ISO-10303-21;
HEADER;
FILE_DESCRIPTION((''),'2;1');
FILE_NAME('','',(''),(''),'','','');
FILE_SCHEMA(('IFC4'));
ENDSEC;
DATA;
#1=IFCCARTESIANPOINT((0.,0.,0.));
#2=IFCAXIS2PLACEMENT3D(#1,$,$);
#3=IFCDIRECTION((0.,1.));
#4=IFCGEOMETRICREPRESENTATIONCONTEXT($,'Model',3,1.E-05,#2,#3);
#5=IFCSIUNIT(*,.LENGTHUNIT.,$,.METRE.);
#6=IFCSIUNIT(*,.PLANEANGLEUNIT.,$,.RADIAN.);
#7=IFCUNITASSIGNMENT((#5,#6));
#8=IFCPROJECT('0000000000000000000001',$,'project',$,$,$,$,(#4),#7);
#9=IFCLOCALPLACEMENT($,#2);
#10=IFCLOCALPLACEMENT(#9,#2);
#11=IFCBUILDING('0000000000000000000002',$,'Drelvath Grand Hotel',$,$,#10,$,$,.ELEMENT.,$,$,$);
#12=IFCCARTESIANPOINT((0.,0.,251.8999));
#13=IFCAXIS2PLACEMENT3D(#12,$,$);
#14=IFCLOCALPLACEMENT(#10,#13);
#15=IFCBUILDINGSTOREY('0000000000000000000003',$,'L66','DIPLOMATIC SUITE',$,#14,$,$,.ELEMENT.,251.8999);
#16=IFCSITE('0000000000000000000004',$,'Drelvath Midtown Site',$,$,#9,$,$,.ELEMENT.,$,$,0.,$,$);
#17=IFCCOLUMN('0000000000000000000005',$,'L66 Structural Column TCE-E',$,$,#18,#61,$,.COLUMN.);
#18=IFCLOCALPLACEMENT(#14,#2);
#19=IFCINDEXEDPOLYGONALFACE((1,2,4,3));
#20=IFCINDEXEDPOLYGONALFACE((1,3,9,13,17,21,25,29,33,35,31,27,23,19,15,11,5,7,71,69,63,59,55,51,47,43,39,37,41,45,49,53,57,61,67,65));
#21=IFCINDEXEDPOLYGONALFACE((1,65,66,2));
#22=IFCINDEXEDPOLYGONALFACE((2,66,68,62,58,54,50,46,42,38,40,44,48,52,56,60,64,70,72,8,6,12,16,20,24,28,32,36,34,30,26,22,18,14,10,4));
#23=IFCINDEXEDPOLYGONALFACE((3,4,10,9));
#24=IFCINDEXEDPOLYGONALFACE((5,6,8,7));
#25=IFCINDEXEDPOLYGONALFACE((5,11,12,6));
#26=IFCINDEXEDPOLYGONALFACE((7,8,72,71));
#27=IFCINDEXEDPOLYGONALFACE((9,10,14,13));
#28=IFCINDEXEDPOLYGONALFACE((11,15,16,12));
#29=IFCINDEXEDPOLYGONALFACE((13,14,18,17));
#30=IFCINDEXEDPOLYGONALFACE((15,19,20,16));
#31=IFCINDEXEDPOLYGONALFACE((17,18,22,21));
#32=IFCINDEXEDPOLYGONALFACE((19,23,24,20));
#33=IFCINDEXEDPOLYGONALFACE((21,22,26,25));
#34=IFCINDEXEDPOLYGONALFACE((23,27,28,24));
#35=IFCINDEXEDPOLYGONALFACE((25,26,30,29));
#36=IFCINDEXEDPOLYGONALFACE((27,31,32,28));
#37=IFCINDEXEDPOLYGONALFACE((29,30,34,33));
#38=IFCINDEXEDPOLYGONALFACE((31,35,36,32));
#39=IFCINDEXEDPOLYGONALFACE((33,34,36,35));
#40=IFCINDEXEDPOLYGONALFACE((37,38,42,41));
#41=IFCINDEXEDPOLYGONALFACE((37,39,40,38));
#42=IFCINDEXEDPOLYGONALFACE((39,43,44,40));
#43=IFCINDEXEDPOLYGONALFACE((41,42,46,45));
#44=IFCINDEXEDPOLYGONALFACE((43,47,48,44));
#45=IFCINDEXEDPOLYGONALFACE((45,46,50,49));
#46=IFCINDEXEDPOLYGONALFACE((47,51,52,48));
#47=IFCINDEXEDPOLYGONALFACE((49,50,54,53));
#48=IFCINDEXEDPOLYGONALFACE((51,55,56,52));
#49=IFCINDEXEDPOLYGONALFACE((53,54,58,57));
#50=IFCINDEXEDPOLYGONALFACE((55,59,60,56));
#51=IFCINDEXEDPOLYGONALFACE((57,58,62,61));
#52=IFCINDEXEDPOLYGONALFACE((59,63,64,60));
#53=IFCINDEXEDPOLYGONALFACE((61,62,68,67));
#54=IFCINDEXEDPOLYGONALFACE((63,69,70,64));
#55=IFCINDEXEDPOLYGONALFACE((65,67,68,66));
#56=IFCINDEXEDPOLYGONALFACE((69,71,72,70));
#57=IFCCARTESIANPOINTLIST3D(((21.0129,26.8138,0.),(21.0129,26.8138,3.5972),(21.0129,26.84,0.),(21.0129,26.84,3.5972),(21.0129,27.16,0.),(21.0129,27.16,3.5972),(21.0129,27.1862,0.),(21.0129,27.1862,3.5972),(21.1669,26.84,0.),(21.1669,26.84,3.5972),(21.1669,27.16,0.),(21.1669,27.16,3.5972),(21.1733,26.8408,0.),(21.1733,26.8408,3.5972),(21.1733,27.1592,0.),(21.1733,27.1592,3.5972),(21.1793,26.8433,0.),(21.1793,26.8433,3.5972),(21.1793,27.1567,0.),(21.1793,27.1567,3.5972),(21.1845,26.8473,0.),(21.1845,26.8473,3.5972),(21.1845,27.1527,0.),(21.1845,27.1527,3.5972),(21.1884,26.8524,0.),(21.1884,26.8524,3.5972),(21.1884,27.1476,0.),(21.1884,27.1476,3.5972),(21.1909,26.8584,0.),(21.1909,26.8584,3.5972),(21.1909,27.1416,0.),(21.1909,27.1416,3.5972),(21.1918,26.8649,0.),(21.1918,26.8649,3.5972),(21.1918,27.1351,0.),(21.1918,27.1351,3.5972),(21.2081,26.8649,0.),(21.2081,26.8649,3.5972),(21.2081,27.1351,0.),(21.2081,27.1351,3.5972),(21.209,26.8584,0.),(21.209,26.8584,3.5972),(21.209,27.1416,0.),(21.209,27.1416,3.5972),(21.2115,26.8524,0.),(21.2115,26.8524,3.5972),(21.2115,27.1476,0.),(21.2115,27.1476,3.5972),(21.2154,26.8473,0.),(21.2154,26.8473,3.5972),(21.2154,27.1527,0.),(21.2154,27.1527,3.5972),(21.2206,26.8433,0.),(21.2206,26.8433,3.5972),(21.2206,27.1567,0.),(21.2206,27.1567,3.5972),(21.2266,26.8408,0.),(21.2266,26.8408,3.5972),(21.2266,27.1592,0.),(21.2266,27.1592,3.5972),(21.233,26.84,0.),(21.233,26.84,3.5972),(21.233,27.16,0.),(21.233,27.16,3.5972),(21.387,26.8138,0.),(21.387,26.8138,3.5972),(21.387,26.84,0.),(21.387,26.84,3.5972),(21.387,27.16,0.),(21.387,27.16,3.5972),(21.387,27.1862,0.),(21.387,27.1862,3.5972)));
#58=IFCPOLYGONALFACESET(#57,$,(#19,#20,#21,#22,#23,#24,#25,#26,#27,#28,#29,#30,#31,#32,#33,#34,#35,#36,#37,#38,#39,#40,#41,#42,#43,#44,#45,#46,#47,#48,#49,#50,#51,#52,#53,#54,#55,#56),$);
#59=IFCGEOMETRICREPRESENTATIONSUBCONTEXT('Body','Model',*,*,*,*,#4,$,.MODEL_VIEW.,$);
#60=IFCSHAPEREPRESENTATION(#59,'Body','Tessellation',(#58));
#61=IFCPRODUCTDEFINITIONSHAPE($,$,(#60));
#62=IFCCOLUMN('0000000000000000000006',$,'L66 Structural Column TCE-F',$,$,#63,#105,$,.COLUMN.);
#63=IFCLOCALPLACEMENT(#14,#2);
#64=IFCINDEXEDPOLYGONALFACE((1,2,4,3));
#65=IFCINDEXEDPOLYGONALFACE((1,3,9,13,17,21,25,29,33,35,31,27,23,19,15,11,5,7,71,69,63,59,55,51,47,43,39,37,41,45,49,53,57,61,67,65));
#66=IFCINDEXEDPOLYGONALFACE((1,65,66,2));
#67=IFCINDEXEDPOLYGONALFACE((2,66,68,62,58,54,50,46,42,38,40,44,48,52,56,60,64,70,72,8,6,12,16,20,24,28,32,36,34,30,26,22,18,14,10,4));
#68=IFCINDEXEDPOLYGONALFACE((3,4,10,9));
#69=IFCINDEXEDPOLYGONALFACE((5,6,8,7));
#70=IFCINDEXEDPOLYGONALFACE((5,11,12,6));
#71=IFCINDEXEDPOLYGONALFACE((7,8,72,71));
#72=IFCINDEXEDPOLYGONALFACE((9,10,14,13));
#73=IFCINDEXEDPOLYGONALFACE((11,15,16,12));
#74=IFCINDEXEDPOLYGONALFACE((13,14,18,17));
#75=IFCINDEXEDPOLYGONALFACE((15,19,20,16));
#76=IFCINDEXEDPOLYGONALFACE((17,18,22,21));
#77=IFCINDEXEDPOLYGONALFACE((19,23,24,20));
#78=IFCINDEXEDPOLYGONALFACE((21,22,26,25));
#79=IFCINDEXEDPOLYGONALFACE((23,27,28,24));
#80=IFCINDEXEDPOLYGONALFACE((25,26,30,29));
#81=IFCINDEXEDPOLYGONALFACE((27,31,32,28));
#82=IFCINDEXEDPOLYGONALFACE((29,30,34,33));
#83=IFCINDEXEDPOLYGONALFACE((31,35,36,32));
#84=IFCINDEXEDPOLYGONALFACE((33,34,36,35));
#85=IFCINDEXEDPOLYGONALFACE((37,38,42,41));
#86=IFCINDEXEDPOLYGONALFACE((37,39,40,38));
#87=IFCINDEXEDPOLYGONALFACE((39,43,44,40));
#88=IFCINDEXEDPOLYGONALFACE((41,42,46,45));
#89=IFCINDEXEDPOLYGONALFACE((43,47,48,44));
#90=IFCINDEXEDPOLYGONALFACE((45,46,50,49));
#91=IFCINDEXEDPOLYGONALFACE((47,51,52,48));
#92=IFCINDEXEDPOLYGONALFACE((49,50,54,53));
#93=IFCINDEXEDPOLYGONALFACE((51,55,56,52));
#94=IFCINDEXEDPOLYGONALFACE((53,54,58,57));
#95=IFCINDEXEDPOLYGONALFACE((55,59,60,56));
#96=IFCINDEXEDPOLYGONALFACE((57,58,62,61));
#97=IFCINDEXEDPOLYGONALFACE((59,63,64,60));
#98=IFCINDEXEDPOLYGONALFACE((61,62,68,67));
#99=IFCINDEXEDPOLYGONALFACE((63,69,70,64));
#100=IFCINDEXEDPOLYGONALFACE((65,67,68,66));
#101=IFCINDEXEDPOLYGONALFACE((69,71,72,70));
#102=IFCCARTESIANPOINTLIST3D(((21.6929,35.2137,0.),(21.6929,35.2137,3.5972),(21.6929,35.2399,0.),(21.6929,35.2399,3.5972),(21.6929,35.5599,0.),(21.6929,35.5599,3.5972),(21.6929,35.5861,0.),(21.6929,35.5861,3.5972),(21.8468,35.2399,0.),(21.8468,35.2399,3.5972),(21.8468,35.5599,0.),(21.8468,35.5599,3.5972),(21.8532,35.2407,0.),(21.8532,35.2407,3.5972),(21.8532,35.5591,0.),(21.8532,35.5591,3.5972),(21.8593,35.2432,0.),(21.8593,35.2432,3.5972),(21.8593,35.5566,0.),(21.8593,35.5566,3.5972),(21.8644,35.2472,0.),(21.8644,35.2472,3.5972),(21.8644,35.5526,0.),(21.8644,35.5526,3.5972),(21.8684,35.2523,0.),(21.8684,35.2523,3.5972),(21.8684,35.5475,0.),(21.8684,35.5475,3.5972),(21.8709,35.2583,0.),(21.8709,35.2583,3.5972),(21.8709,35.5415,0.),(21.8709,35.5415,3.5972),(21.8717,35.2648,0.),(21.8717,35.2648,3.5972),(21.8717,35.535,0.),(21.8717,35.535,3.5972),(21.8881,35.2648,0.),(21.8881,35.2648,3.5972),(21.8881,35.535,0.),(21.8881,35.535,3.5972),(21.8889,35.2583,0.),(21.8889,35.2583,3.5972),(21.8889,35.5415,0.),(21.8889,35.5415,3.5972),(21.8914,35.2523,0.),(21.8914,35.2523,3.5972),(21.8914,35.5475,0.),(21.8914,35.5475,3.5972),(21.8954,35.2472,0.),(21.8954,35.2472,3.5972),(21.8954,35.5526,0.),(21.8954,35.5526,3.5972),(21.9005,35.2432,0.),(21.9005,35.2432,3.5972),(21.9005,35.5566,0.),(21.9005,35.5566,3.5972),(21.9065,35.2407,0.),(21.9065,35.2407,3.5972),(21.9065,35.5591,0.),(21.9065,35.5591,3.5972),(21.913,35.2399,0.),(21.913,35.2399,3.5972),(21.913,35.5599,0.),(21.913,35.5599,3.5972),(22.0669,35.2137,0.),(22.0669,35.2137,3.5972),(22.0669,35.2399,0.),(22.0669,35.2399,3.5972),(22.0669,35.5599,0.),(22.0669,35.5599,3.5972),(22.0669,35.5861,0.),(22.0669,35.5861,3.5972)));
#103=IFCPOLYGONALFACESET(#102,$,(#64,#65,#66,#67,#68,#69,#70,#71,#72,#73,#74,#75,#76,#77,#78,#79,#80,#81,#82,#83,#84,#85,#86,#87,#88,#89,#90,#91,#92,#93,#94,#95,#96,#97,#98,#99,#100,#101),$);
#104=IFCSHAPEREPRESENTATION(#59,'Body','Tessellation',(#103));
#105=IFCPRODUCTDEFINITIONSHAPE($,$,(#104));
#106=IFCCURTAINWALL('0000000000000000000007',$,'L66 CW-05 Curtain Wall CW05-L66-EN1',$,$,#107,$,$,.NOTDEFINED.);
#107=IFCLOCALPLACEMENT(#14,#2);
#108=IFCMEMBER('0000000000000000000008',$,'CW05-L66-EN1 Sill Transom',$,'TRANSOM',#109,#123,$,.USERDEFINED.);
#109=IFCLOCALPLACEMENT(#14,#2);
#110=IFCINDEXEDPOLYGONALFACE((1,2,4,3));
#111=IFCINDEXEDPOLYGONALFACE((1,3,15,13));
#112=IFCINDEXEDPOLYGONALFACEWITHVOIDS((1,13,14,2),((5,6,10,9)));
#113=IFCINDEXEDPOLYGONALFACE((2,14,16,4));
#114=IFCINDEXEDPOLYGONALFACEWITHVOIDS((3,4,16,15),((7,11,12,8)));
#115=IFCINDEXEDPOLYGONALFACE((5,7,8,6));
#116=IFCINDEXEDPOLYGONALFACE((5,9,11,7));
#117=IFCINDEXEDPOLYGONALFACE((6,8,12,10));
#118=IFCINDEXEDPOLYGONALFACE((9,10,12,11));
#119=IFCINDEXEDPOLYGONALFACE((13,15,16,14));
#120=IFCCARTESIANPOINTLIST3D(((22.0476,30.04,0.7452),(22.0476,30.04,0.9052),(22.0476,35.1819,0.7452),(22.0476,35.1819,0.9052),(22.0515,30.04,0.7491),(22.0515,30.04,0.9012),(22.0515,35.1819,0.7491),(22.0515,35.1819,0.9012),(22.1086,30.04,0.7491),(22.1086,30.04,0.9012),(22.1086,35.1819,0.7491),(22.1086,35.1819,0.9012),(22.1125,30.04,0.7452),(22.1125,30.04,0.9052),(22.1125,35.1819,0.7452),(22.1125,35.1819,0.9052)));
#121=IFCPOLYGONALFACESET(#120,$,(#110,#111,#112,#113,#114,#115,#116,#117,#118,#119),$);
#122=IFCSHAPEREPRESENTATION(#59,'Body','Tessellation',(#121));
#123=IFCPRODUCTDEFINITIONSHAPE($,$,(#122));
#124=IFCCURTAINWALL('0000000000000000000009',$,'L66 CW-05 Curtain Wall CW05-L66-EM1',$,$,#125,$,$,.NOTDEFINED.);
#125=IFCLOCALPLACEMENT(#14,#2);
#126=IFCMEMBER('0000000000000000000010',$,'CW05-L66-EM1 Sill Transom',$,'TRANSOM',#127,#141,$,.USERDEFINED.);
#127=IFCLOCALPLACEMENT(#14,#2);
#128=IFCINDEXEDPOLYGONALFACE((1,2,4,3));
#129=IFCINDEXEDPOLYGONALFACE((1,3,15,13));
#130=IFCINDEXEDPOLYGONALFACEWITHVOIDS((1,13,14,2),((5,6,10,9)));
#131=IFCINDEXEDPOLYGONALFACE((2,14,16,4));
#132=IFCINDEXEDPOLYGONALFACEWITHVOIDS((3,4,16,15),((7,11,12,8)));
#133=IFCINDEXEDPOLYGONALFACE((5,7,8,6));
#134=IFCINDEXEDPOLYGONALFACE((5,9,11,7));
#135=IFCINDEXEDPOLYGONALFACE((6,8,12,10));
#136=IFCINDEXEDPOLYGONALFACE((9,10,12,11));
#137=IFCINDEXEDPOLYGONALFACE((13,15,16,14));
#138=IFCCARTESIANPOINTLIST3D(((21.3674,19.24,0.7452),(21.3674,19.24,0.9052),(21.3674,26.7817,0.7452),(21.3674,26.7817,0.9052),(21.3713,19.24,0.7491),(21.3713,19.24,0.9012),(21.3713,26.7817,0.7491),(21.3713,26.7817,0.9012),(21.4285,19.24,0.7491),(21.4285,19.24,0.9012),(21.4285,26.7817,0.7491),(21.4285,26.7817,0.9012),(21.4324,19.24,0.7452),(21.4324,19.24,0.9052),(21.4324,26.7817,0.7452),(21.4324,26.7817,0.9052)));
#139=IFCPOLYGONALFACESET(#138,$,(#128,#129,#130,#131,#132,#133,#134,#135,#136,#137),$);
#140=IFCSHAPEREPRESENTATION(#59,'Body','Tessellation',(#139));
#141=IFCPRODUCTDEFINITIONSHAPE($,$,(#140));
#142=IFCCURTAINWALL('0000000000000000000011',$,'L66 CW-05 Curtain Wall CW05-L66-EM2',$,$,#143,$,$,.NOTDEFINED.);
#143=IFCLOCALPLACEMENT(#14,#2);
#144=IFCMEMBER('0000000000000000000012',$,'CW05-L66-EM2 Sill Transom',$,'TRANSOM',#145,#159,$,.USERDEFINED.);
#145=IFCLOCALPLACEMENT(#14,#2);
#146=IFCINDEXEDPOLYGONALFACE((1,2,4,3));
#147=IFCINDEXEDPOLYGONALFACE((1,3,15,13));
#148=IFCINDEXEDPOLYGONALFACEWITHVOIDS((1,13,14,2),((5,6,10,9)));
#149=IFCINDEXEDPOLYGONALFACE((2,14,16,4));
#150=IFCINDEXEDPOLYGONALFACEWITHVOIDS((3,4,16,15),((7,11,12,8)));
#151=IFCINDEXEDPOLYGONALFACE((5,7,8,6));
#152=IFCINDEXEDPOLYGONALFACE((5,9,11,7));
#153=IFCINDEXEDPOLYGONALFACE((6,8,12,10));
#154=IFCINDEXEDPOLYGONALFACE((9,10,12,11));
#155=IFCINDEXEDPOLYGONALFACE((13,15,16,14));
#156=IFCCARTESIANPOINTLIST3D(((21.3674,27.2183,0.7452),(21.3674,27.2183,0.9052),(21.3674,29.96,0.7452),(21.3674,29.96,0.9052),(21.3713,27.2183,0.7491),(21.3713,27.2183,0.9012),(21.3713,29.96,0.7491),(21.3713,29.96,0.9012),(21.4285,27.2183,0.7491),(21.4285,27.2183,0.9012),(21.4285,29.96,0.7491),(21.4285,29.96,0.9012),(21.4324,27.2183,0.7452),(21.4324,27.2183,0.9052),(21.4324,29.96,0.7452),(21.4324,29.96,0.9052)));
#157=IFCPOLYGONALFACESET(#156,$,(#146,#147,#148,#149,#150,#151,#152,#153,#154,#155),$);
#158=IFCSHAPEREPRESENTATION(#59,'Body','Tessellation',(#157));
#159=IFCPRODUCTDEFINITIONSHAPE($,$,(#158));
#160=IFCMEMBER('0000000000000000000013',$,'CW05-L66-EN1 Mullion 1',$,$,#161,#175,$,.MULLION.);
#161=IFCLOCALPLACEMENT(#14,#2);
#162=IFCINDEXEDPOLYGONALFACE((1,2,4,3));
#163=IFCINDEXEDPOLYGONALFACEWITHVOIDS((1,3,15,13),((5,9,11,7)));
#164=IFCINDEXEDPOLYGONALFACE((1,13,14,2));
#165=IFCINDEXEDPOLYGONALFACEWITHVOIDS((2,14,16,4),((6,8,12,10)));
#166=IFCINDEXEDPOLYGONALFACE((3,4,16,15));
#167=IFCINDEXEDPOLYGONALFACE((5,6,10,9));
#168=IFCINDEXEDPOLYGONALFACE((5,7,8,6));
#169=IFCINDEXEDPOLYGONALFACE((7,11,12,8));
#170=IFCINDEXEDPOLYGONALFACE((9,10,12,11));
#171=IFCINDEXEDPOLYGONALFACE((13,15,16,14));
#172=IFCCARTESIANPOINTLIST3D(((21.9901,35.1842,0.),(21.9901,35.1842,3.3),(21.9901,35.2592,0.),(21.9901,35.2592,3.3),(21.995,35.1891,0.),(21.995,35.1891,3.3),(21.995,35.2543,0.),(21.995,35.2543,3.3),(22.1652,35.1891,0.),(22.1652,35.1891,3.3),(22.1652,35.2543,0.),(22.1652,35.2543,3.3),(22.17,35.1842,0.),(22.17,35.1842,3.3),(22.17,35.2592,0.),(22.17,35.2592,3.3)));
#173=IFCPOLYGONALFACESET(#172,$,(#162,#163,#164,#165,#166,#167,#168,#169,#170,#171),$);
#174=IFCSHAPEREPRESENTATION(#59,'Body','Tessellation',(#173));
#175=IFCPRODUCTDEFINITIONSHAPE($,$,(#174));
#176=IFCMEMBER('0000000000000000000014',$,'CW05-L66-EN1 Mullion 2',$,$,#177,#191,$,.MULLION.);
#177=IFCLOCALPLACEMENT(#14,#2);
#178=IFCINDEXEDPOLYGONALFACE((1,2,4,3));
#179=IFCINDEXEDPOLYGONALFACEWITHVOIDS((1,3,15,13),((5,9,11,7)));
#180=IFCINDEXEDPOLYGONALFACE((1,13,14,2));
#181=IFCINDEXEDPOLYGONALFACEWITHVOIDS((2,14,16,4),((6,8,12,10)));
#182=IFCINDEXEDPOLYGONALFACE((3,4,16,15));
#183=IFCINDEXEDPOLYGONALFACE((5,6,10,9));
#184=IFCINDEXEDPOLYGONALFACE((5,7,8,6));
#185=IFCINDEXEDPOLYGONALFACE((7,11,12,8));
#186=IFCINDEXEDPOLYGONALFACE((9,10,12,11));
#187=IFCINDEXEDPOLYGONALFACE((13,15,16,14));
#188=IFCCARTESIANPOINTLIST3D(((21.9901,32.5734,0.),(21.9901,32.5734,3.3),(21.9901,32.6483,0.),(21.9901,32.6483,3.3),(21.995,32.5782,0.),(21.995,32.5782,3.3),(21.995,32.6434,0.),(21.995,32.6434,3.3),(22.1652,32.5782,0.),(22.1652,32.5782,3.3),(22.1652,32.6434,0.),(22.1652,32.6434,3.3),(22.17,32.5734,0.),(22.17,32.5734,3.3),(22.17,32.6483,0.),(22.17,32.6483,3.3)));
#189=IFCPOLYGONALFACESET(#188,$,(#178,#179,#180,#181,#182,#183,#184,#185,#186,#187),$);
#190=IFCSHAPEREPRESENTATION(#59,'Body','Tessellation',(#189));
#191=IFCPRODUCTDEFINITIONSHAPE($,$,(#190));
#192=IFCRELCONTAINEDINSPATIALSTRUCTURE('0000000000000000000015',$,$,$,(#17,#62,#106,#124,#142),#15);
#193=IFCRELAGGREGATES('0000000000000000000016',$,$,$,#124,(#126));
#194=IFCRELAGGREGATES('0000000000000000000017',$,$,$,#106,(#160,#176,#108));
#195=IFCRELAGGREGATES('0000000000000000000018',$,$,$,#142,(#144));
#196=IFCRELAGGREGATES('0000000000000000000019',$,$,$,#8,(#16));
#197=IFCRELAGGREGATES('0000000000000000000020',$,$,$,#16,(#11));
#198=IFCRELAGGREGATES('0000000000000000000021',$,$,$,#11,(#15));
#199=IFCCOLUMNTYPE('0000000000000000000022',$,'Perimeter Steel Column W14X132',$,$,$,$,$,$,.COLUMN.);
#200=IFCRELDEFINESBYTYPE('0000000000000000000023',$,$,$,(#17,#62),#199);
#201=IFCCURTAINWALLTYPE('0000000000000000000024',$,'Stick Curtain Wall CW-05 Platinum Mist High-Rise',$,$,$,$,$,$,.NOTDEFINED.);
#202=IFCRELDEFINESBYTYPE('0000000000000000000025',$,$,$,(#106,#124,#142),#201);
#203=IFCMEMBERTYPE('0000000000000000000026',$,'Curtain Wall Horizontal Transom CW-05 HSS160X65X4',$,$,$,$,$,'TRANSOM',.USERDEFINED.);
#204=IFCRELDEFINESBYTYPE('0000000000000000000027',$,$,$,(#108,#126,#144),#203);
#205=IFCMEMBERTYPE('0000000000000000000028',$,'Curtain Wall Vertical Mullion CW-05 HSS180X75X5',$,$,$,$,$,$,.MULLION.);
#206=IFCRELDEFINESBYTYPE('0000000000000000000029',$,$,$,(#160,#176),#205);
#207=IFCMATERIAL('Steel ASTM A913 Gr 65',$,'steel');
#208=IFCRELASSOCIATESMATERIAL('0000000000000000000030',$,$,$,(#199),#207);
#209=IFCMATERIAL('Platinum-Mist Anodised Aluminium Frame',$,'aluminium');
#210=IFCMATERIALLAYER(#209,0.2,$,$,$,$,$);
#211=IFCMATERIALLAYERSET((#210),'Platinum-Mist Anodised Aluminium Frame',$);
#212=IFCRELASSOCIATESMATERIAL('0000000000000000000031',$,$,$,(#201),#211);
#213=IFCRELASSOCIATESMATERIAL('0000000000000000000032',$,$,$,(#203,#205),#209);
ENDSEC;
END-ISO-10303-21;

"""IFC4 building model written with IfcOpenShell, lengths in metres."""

from ifc_helpers import new_model, si_unit, direction, frame, origin, origin_2d, place, context, subcontext, project, spatial, hollow_rectangle, i_section, extrude, material, layer, layer_set, material_profile, profile_set, type_object, element, aggregate, save


model = new_model("IFC4")

# Units and contexts
model_context = context("Model", 3, precision=1e-05, world=origin(), true_north=direction((0.0, 1.0)))
body_context = subcontext(model_context, "Body", "Model", "MODEL_VIEW")
ifc_project = project(units=[si_unit("LENGTHUNIT", "METRE"), si_unit("PLANEANGLEUNIT", "RADIAN")], contexts=[model_context])

# Site, building, storey
site_placement = place(None, origin())
site = spatial("IfcSite", under=ifc_project, at=site_placement, Name="Drelvath Midtown Site", CompositionType="ELEMENT", RefElevation=0.0)
building_placement = place(site_placement, origin())
building = spatial("IfcBuilding", under=site, at=building_placement, Name="Drelvath Grand Hotel", CompositionType="ELEMENT")
storey_placement = place(building_placement, frame((0.0, 0.0, 251.8999)))
storey = spatial("IfcBuildingStorey", under=building, at=storey_placement, Name="L66", Description="DIPLOMATIC SUITE", CompositionType="ELEMENT", Elevation=251.8999)

# Columns
ifc_material_1 = material(Name="Steel ASTM A913 Gr 65", Category="steel")
ifc_material_profile_1 = material_profile(ifc_material_1, i_section(OverallWidth=0.374, OverallDepth=0.3723, WebThickness=0.0164, FlangeThickness=0.0261, FilletRadius=0.0249, at=origin_2d()), Name="W14X132")
ifc_profile_set_1 = profile_set([ifc_material_profile_1], Name="Steel ASTM A913 Gr 65")
column_type = type_object("IfcColumnType", Name="Perimeter Steel Column W14X132", PredefinedType="COLUMN", material=ifc_profile_set_1)
for number, where, z_axis, x_axis, name in (
    (1, (21.2, 27.0, 0.0), (0.0, 0.0, 1.0), (1.0, 0.0, 0.0), "L66 Structural Column TCE-E"),
    (2, (21.8799, 35.3999, 0.0), (0.0, 0.0, 1.0), (1.0, 0.0, 0.0), "L66 Structural Column TCE-F"),
):
    element("IfcColumn", number, at=place(storey_placement, frame(where, z_axis=z_axis, x_axis=x_axis)), inside=storey, type_object=column_type, Name=name, PredefinedType="COLUMN", context=body_context, shape_type="SweptSolid", body=[
        extrude(i_section(OverallWidth=0.374, OverallDepth=0.3723, WebThickness=0.0164, FlangeThickness=0.0261, FilletRadius=0.0249, at=origin_2d()), origin(), (0.0, 0.0, 1.0), 3.5972),
    ])

# Curtain walls, members
ifc_material_2 = material(Name="Platinum-Mist Anodised Aluminium Frame", Category="aluminium")
ifc_layer_1 = layer(ifc_material_2, 0.2)
ifc_layer_set_1 = layer_set([ifc_layer_1], Name="Platinum-Mist Anodised Aluminium Frame")
curtain_wall_type = type_object("IfcCurtainWallType", Name="Stick Curtain Wall CW-05 Platinum Mist High-Rise", PredefinedType="NOTDEFINED", material=ifc_layer_set_1)
curtain_wall_1_placement = place(storey_placement, origin())
curtain_wall_1 = element("IfcCurtainWall", 3, at=curtain_wall_1_placement, inside=storey, type_object=curtain_wall_type, Name="L66 CW-05 Curtain Wall CW05-L66-EN1", PredefinedType="NOTDEFINED")
ifc_material_profile_2 = material_profile(ifc_material_2, hollow_rectangle(XDim=0.0649, YDim=0.1599, WallThickness=0.0039, at=origin_2d()), Name="HSS160X65X4")
ifc_profile_set_2 = profile_set([ifc_material_profile_2], Name="Platinum-Mist Anodised Aluminium Frame")
member_type_1 = type_object("IfcMemberType", Name="Curtain Wall Horizontal Transom CW-05 HSS160X65X4", ElementType="TRANSOM", PredefinedType="USERDEFINED", material=ifc_profile_set_2)
member_1_placement = place(storey_placement, frame((22.0801, 35.1819, 0.8252), z_axis=(0.0, -1.0, 0.0), x_axis=(1.0, 0.0, 0.0)))
member_1 = element("IfcMember", 4, at=member_1_placement, type_object=member_type_1, Name="CW05-L66-EN1 Sill Transom", ObjectType="TRANSOM", PredefinedType="USERDEFINED", context=body_context, shape_type="SweptSolid", body=[
    extrude(hollow_rectangle(XDim=0.0649, YDim=0.1599, WallThickness=0.0039, at=origin_2d()), origin(), (0.0, 0.0, 1.0), 5.1418),
])
curtain_wall_2_placement = place(storey_placement, origin())
curtain_wall_2 = element("IfcCurtainWall", 5, at=curtain_wall_2_placement, inside=storey, type_object=curtain_wall_type, Name="L66 CW-05 Curtain Wall CW05-L66-EM1", PredefinedType="NOTDEFINED")
member_2_placement = place(storey_placement, frame((21.3999, 26.7817, 0.8252), z_axis=(0.0, -1.0, 0.0), x_axis=(1.0, 0.0, 0.0)))
member_2 = element("IfcMember", 6, at=member_2_placement, type_object=member_type_1, Name="CW05-L66-EM1 Sill Transom", ObjectType="TRANSOM", PredefinedType="USERDEFINED", context=body_context, shape_type="SweptSolid", body=[
    extrude(hollow_rectangle(XDim=0.0649, YDim=0.1599, WallThickness=0.0039, at=origin_2d()), origin(), (0.0, 0.0, 1.0), 7.5417),
])
curtain_wall_3_placement = place(storey_placement, origin())
curtain_wall_3 = element("IfcCurtainWall", 7, at=curtain_wall_3_placement, inside=storey, type_object=curtain_wall_type, Name="L66 CW-05 Curtain Wall CW05-L66-EM2", PredefinedType="NOTDEFINED")
member_3_placement = place(storey_placement, frame((21.3999, 29.96, 0.8252), z_axis=(0.0, -1.0, 0.0), x_axis=(1.0, 0.0, 0.0)))
member_3 = element("IfcMember", 8, at=member_3_placement, type_object=member_type_1, Name="CW05-L66-EM2 Sill Transom", ObjectType="TRANSOM", PredefinedType="USERDEFINED", context=body_context, shape_type="SweptSolid", body=[
    extrude(hollow_rectangle(XDim=0.0649, YDim=0.1599, WallThickness=0.0039, at=origin_2d()), origin(), (0.0, 0.0, 1.0), 2.7417),
])

# Members
ifc_material_profile_3 = material_profile(ifc_material_2, hollow_rectangle(XDim=0.075, YDim=0.1799, WallThickness=0.0049, at=origin_2d()), Name="HSS180X75X5")
ifc_profile_set_3 = profile_set([ifc_material_profile_3], Name="Platinum-Mist Anodised Aluminium Frame")
member_type_2 = type_object("IfcMemberType", Name="Curtain Wall Vertical Mullion CW-05 HSS180X75X5", PredefinedType="MULLION", material=ifc_profile_set_3)
member_4_placement = place(storey_placement, frame((22.0801, 35.2217, 0.0), z_axis=(0.0, 0.0, 1.0), x_axis=(0.0, 1.0, 0.0)))
member_4 = element("IfcMember", 9, at=member_4_placement, type_object=member_type_2, Name="CW05-L66-EN1 Mullion 1", PredefinedType="MULLION", context=body_context, shape_type="SweptSolid", body=[
    extrude(hollow_rectangle(XDim=0.075, YDim=0.1799, WallThickness=0.0049, at=origin_2d()), origin(), (0.0, 0.0, 1.0), 3.3),
])
member_5_placement = place(storey_placement, frame((22.0801, 32.6108, 0.0), z_axis=(0.0, 0.0, 1.0), x_axis=(0.0, 1.0, 0.0)))
member_5 = element("IfcMember", 10, at=member_5_placement, type_object=member_type_2, Name="CW05-L66-EN1 Mullion 2", PredefinedType="MULLION", context=body_context, shape_type="SweptSolid", body=[
    extrude(hollow_rectangle(XDim=0.075, YDim=0.1799, WallThickness=0.0049, at=origin_2d()), origin(), (0.0, 0.0, 1.0), 3.3),
])
aggregate(curtain_wall_2, [member_2])

aggregate(curtain_wall_1, [member_4, member_5, member_1])
aggregate(curtain_wall_3, [member_3])

save(model, "model.ifc")
